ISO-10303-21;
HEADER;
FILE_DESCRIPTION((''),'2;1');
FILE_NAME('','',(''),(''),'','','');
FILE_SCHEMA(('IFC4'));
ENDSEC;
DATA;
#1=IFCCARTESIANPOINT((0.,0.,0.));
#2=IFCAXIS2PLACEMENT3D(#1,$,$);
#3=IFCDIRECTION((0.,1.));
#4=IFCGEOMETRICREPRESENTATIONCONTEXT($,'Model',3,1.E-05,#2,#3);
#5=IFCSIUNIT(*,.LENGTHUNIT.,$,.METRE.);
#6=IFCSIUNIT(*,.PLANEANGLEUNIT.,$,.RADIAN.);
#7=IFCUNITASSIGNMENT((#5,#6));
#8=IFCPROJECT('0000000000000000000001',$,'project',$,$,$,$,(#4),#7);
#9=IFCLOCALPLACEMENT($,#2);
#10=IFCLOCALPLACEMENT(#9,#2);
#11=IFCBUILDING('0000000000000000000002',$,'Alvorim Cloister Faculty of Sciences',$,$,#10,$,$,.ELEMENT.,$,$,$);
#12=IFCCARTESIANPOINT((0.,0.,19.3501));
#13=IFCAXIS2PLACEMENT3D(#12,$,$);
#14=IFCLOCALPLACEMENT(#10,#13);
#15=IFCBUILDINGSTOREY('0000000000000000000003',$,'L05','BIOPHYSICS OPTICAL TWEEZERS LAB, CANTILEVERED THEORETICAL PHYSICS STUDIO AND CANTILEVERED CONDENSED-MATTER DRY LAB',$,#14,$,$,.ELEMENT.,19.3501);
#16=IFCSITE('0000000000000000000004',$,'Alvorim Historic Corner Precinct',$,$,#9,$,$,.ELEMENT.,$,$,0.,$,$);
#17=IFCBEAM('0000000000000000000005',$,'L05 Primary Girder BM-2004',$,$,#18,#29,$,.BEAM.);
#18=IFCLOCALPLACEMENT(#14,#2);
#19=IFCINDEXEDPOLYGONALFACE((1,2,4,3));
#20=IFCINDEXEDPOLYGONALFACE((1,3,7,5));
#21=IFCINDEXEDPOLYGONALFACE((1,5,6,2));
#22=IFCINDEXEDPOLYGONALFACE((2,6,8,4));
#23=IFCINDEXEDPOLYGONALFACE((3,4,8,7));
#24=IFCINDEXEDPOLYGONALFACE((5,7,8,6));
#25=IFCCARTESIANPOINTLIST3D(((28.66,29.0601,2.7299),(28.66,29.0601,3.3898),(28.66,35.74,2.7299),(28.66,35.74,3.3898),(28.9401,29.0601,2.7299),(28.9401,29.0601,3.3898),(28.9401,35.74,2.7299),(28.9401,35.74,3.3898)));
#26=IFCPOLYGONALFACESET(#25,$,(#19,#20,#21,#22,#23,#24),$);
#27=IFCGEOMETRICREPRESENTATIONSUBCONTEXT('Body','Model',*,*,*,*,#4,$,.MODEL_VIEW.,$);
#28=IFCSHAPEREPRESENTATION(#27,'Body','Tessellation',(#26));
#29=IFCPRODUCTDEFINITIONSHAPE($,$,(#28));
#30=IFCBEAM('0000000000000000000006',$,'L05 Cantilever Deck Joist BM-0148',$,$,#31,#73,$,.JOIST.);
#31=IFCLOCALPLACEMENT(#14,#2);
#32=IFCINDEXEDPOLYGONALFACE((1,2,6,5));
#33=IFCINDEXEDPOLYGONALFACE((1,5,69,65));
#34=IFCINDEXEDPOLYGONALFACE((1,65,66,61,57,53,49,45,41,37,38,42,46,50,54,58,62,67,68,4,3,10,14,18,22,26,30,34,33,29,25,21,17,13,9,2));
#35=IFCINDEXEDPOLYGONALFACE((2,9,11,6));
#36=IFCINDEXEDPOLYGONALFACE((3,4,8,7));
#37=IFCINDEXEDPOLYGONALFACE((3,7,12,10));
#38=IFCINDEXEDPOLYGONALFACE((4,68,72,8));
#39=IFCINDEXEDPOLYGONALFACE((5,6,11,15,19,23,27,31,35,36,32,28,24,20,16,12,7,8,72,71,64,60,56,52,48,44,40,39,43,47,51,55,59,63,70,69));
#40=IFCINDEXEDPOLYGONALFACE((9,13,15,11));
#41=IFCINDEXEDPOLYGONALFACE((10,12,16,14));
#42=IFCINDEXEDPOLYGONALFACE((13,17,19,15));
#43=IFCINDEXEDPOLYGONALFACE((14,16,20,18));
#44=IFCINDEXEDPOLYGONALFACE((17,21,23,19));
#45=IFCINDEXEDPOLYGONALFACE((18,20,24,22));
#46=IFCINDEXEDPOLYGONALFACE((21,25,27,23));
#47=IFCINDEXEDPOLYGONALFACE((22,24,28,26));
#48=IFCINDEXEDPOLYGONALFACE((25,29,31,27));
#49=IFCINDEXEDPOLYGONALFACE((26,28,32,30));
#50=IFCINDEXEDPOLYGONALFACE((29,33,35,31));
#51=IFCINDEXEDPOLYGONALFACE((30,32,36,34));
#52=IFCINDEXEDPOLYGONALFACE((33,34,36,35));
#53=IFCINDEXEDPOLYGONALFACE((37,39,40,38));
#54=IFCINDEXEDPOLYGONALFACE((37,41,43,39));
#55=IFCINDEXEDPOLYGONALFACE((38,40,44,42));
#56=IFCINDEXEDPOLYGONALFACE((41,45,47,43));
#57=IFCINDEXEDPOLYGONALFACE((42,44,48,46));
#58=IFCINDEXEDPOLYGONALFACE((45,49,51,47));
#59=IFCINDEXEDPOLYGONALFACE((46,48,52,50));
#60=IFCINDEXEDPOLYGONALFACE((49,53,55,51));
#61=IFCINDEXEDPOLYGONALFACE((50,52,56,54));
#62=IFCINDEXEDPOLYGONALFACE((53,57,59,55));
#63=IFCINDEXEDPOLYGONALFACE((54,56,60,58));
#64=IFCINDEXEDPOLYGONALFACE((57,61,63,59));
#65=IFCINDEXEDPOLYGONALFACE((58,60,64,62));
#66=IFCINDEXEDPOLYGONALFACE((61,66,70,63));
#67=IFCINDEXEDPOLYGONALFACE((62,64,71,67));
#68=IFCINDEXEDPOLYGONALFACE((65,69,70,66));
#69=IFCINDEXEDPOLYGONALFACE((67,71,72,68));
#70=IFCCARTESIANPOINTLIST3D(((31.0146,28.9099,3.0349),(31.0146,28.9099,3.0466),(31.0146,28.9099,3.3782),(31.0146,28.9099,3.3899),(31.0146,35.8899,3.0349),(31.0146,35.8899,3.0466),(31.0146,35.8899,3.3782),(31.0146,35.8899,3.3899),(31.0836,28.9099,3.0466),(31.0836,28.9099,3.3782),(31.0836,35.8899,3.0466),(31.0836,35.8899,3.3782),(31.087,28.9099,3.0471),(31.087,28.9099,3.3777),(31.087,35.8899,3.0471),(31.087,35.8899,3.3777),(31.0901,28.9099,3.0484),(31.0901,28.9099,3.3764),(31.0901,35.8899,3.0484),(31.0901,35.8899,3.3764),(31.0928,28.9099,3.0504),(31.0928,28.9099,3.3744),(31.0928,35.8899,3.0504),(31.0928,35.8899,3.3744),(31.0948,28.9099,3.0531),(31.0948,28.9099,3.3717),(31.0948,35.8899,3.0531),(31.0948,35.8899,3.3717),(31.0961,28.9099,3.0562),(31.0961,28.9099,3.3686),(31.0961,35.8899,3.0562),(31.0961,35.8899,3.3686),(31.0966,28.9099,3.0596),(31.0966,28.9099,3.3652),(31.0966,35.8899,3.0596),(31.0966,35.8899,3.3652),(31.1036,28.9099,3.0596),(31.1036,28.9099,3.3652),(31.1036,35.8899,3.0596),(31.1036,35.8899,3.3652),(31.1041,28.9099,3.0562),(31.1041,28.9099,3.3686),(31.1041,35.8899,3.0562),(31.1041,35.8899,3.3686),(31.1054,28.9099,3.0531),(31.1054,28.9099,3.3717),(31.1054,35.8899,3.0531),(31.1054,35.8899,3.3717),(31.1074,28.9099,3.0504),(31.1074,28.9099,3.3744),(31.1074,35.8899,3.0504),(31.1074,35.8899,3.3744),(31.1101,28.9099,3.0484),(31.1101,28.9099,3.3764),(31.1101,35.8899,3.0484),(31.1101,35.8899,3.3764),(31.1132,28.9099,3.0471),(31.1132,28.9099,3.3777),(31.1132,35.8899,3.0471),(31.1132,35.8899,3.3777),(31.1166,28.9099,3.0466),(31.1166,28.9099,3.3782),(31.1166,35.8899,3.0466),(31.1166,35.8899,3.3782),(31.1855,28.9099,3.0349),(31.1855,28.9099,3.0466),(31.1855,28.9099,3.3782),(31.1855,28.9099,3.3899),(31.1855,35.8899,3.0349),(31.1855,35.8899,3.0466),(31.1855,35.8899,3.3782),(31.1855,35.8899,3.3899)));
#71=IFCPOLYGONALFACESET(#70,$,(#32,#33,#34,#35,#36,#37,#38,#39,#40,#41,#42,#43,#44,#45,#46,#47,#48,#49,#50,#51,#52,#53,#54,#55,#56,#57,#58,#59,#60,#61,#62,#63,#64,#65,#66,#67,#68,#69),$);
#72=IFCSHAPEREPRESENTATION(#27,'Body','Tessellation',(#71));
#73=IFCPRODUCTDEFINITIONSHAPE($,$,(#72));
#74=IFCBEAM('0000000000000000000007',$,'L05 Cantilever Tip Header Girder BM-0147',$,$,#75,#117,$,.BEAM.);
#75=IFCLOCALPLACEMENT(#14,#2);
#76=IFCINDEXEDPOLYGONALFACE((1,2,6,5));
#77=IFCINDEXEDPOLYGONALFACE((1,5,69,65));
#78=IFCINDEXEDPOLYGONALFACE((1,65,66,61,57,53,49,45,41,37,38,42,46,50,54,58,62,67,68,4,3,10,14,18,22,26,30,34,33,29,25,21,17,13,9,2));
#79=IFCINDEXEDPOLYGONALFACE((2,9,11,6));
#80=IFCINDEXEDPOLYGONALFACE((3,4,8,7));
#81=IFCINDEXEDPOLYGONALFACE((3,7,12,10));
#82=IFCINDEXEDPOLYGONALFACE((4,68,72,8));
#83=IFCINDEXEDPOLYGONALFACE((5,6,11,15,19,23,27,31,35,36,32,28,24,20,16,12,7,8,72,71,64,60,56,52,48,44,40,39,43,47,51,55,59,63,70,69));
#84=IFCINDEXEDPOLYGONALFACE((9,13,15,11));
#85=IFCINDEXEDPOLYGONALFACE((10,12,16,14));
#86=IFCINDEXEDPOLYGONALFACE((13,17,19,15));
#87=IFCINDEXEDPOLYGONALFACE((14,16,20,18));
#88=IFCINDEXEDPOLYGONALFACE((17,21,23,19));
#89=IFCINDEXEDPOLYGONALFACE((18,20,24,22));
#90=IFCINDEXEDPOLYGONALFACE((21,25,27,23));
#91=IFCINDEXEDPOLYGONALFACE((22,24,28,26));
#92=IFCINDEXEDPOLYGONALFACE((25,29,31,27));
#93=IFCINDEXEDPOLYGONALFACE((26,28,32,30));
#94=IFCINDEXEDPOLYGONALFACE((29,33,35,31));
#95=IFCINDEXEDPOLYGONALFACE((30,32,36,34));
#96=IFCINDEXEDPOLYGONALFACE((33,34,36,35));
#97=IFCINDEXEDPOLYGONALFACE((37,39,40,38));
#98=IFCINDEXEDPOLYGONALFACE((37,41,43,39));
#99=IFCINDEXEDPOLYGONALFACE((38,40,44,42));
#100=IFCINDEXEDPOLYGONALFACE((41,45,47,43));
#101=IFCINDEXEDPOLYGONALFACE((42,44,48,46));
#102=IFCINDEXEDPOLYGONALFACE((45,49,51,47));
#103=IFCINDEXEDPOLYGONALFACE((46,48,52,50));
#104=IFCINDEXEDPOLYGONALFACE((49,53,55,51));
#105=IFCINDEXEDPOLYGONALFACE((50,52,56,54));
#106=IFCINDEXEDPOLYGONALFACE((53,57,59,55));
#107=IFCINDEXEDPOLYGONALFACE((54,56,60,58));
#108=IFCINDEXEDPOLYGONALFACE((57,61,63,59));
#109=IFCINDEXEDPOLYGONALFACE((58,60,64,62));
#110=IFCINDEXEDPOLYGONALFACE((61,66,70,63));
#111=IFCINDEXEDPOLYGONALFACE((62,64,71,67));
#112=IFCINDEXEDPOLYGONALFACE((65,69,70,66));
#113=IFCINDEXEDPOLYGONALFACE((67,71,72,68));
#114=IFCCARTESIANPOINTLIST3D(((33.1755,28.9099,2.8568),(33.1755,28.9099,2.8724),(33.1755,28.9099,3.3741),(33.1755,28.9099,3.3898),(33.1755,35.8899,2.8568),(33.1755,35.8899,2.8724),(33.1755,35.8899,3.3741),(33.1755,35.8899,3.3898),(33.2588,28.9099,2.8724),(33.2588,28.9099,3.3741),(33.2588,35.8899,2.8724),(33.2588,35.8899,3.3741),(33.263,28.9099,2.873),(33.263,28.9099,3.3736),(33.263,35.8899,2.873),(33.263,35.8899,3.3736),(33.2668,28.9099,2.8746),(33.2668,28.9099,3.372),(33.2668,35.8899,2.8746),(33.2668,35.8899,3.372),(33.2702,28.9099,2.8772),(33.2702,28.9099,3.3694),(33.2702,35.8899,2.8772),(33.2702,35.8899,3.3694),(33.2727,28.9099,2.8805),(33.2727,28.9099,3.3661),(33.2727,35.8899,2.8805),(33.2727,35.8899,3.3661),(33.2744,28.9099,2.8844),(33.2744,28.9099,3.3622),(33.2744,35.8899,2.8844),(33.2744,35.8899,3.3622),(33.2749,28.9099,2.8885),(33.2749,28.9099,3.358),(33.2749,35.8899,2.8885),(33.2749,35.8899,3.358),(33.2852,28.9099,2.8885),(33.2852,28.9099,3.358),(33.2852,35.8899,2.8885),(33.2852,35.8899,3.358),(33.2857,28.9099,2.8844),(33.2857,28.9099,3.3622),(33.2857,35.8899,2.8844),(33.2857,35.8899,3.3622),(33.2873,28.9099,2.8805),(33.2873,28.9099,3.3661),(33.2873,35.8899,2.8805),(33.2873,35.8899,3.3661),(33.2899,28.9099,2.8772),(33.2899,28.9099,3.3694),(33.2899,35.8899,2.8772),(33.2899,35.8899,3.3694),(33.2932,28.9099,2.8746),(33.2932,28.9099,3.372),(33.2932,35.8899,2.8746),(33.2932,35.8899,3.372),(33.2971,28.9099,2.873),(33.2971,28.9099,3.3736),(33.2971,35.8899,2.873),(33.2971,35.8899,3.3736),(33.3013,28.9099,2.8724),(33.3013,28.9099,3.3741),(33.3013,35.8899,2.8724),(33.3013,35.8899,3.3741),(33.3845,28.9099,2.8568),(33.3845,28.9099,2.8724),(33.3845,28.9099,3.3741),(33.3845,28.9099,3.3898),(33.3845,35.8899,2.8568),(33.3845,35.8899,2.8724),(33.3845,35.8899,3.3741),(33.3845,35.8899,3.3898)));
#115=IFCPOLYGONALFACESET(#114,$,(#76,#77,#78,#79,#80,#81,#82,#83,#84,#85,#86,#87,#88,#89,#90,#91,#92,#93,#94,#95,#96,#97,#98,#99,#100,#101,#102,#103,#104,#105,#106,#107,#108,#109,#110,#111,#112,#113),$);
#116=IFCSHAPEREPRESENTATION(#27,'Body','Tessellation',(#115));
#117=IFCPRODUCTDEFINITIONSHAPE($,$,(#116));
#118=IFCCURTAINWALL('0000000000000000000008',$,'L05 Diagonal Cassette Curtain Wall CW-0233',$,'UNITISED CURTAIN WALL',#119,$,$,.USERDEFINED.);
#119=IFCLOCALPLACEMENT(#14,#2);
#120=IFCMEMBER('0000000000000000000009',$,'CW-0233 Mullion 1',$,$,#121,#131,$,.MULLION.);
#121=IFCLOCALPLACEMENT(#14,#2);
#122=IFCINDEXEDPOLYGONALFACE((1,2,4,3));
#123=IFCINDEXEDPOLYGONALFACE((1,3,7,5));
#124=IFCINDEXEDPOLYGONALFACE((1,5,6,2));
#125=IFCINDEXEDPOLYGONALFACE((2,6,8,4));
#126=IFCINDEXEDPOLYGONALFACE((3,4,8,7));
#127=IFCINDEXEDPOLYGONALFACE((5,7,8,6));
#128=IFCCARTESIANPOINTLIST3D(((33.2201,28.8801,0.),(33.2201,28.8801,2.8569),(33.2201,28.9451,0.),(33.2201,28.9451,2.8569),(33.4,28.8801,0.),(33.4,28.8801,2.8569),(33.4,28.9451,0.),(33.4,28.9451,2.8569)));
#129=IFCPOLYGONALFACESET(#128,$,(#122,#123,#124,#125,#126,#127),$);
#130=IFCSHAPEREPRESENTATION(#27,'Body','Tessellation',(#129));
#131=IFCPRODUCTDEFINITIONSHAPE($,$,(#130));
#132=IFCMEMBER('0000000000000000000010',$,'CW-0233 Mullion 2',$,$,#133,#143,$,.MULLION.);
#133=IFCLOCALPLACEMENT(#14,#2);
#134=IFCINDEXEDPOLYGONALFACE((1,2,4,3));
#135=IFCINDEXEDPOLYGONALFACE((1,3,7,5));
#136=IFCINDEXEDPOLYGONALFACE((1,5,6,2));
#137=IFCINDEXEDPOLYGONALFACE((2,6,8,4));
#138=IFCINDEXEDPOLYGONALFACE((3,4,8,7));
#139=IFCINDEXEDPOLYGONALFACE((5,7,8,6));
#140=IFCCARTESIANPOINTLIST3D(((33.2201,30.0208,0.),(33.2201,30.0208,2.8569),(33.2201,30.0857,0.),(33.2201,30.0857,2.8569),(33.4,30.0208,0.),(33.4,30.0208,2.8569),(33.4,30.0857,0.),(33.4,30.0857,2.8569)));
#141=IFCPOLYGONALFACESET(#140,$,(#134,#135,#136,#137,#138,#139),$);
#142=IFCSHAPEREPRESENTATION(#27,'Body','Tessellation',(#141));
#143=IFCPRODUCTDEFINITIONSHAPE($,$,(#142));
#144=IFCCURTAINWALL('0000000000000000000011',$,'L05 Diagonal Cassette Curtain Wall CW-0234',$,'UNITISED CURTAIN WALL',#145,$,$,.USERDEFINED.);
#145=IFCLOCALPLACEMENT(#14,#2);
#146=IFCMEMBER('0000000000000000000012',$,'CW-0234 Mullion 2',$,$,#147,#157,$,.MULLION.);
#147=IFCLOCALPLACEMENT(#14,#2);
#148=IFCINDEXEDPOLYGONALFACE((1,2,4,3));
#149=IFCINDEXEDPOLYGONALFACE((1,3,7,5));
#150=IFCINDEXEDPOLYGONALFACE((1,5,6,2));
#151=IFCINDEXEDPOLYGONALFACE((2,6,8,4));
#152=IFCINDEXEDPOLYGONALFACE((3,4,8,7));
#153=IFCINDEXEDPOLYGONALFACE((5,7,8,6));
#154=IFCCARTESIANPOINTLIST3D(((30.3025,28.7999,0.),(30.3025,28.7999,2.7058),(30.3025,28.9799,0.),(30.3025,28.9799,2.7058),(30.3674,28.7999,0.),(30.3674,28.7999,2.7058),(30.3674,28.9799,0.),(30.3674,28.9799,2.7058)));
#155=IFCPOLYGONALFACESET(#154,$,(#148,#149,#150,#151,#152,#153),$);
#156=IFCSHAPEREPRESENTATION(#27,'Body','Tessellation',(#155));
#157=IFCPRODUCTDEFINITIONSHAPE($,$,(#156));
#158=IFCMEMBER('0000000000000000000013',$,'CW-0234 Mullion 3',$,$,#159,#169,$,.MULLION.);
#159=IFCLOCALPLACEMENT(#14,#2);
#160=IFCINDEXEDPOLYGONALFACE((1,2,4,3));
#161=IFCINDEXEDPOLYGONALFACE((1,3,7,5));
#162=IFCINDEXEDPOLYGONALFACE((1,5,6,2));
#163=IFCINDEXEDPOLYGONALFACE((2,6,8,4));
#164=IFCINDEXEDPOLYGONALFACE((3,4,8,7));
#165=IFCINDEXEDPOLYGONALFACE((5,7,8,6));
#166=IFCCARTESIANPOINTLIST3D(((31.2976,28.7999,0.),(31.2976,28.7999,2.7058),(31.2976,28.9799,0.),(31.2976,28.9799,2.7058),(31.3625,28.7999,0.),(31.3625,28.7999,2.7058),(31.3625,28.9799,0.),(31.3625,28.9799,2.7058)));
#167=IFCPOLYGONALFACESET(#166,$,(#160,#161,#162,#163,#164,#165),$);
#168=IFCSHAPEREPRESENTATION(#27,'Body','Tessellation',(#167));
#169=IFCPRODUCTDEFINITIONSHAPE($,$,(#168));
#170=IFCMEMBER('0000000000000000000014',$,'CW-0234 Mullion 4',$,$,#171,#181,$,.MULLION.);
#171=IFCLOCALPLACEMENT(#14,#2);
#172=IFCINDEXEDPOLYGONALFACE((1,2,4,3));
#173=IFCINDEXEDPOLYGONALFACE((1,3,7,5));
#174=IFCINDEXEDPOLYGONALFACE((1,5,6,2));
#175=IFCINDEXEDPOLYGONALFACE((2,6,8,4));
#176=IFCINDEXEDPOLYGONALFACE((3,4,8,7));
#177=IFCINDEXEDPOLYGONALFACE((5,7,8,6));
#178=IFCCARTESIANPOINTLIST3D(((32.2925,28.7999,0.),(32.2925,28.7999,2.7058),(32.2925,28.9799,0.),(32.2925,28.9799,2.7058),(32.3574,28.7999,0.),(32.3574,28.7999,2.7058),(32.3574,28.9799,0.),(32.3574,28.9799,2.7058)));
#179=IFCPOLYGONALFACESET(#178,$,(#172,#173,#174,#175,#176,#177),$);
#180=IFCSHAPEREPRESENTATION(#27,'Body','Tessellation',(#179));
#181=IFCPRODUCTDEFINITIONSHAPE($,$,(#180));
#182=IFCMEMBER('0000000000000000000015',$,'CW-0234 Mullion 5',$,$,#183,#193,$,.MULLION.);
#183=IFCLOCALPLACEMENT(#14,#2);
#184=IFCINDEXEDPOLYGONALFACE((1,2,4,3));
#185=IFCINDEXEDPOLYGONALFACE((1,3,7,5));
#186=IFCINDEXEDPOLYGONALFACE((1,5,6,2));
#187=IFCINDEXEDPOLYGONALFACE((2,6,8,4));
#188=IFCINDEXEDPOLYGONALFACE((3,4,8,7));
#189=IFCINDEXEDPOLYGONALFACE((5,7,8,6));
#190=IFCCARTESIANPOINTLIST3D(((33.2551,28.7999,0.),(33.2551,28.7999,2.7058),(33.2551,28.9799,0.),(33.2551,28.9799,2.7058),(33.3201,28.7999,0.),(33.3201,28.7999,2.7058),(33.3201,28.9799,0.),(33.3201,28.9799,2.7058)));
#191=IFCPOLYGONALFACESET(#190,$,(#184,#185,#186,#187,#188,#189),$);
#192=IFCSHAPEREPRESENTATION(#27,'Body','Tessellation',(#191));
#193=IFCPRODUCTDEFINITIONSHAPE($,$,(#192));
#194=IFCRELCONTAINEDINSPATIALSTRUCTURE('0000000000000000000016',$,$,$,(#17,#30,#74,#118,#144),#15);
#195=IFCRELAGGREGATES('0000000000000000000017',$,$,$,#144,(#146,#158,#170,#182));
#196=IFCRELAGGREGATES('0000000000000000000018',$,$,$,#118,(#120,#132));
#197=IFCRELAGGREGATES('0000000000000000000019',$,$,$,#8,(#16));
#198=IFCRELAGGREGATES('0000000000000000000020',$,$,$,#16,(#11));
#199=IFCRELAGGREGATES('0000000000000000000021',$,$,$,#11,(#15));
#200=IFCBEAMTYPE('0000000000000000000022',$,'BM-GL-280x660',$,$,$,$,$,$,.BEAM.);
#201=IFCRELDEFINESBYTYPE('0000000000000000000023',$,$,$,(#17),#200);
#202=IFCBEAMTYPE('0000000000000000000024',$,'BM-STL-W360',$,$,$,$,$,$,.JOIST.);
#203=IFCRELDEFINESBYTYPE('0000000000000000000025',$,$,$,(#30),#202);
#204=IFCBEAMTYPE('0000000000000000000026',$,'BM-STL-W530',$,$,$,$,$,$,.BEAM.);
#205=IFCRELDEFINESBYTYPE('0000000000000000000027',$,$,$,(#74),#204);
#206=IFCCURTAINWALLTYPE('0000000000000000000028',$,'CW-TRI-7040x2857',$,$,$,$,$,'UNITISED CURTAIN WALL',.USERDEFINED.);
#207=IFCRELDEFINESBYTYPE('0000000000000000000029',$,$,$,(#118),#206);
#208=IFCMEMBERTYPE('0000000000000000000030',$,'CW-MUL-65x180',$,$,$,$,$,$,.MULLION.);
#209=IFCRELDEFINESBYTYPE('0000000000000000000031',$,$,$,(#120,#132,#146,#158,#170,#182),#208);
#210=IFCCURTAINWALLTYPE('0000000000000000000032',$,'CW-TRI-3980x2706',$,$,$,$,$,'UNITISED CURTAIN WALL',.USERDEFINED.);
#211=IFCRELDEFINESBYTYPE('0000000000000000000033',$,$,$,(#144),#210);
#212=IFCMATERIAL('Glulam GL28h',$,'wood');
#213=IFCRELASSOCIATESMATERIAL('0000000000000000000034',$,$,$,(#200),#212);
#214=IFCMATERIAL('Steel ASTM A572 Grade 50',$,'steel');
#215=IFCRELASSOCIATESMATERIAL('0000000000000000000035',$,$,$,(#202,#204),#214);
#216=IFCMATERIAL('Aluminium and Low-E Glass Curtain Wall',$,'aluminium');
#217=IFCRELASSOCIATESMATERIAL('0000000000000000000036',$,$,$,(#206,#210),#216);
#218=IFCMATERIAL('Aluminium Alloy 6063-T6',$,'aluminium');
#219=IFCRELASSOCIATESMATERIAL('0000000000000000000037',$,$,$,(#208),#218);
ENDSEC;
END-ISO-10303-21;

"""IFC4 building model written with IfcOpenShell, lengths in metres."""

from ifc_helpers import new_model, si_unit, direction, frame, origin, origin_2d, place, context, subcontext, project, spatial, rectangle, i_section, extrude, material, material_profile, profile_set, type_object, element, aggregate, save


model = new_model("IFC4")

# Units and contexts
model_context = context("Model", 3, precision=1e-05, world=origin(), true_north=direction((0.0, 1.0)))
body_context = subcontext(model_context, "Body", "Model", "MODEL_VIEW")
ifc_project = project(units=[si_unit("LENGTHUNIT", "METRE"), si_unit("PLANEANGLEUNIT", "RADIAN")], contexts=[model_context])

# Site, building, storey
site_placement = place(None, origin())
site = spatial("IfcSite", under=ifc_project, at=site_placement, Name="Alvorim Historic Corner Precinct", CompositionType="ELEMENT", RefElevation=0.0)
building_placement = place(site_placement, origin())
building = spatial("IfcBuilding", under=site, at=building_placement, Name="Alvorim Cloister Faculty of Sciences", CompositionType="ELEMENT")
storey_placement = place(building_placement, frame((0.0, 0.0, 19.3501)))
storey = spatial("IfcBuildingStorey", under=building, at=storey_placement, Name="L05", Description="BIOPHYSICS OPTICAL TWEEZERS LAB, CANTILEVERED THEORETICAL PHYSICS STUDIO AND CANTILEVERED CONDENSED-MATTER DRY LAB", CompositionType="ELEMENT", Elevation=19.3501)

# Beams
ifc_material_1 = material(Name="Glulam GL28h", Category="wood")
ifc_material_profile_1 = material_profile(ifc_material_1, rectangle(XDim=0.28, YDim=0.6599, at=origin_2d()), Name="GL28-BM-280x660")
ifc_profile_set_1 = profile_set([ifc_material_profile_1], Name="Glulam GL28h")
beam_type_1 = type_object("IfcBeamType", Name="BM-GL-280x660", PredefinedType="BEAM", material=ifc_profile_set_1)
beam_1_placement = place(storey_placement, frame((28.8, 29.0601, 3.0598), z_axis=(0.0, 1.0, 0.0), x_axis=(-1.0, 0.0, 0.0)))
element("IfcBeam", 1, at=beam_1_placement, inside=storey, type_object=beam_type_1, Name="L05 Primary Girder BM-2004", PredefinedType="BEAM", context=body_context, shape_type="SweptSolid", body=[
    extrude(rectangle(XDim=0.28, YDim=0.6599, at=origin_2d()), origin(), (0.0, 0.0, 1.0), 6.6799),
])
ifc_material_2 = material(Name="Steel ASTM A572 Grade 50", Category="steel")
ifc_material_profile_2 = material_profile(ifc_material_2, i_section(OverallWidth=0.1709, OverallDepth=0.355, WebThickness=0.0071, FlangeThickness=0.0117, FilletRadius=0.0129, at=origin_2d()), Name="W360x51.0")
ifc_profile_set_2 = profile_set([ifc_material_profile_2], Name="Steel ASTM A572 Grade 50")
beam_type_2 = type_object("IfcBeamType", Name="BM-STL-W360", PredefinedType="JOIST", material=ifc_profile_set_2)
beam_2_placement = place(storey_placement, frame((31.1001, 28.9099, 3.2124), z_axis=(0.0, 1.0, 0.0), x_axis=(-1.0, 0.0, 0.0)))
element("IfcBeam", 2, at=beam_2_placement, inside=storey, type_object=beam_type_2, Name="L05 Cantilever Deck Joist BM-0148", PredefinedType="JOIST", context=body_context, shape_type="SweptSolid", body=[
    extrude(i_section(OverallWidth=0.1709, OverallDepth=0.355, WebThickness=0.0071, FlangeThickness=0.0117, FilletRadius=0.0129, at=origin_2d()), origin(), (0.0, 0.0, 1.0), 6.98),
])
ifc_material_profile_3 = material_profile(ifc_material_2, i_section(OverallWidth=0.209, OverallDepth=0.533, WebThickness=0.0103, FlangeThickness=0.0156, FilletRadius=0.0161, at=origin_2d()), Name="W530x92.0")
ifc_profile_set_3 = profile_set([ifc_material_profile_3], Name="Steel ASTM A572 Grade 50")
beam_type_3 = type_object("IfcBeamType", Name="BM-STL-W530", PredefinedType="BEAM", material=ifc_profile_set_3)
beam_3_placement = place(storey_placement, frame((33.28, 28.9099, 3.1233), z_axis=(0.0, 1.0, 0.0), x_axis=(-1.0, 0.0, 0.0)))
element("IfcBeam", 3, at=beam_3_placement, inside=storey, type_object=beam_type_3, Name="L05 Cantilever Tip Header Girder BM-0147", PredefinedType="BEAM", context=body_context, shape_type="SweptSolid", body=[
    extrude(i_section(OverallWidth=0.209, OverallDepth=0.533, WebThickness=0.0103, FlangeThickness=0.0156, FilletRadius=0.0161, at=origin_2d()), origin(), (0.0, 0.0, 1.0), 6.98),
])

# Curtain walls, members
ifc_material_3 = material(Name="Aluminium and Low-E Glass Curtain Wall", Category="aluminium")
curtain_wall_type_1 = type_object("IfcCurtainWallType", Name="CW-TRI-7040x2857", ElementType="UNITISED CURTAIN WALL", PredefinedType="USERDEFINED", material=ifc_material_3)
curtain_wall_1_placement = place(storey_placement, origin())
curtain_wall_1 = element("IfcCurtainWall", 4, at=curtain_wall_1_placement, inside=storey, type_object=curtain_wall_type_1, Name="L05 Diagonal Cassette Curtain Wall CW-0233", ObjectType="UNITISED CURTAIN WALL", PredefinedType="USERDEFINED")
ifc_material_4 = material(Name="Aluminium Alloy 6063-T6", Category="aluminium")
ifc_material_profile_4 = material_profile(ifc_material_4, rectangle(XDim=0.0649, YDim=0.1799, at=origin_2d()), Name="ALU-MUL-65x180")
ifc_profile_set_4 = profile_set([ifc_material_profile_4], Name="Aluminium Alloy 6063-T6")
member_type_1 = type_object("IfcMemberType", Name="CW-MUL-65x180", PredefinedType="MULLION", material=ifc_profile_set_4)
member_1_placement = place(storey_placement, frame((33.3101, 28.9126, 0.0), z_axis=(0.0, 0.0, 1.0), x_axis=(0.0, 1.0, 0.0)))
member_1 = element("IfcMember", 5, at=member_1_placement, type_object=member_type_1, Name="CW-0233 Mullion 1", PredefinedType="MULLION", context=body_context, shape_type="SweptSolid", body=[
    extrude(rectangle(XDim=0.0649, YDim=0.1799, at=origin_2d()), origin(), (0.0, 0.0, 1.0), 2.8569),
])
member_2_placement = place(storey_placement, frame((33.3101, 30.0532, 0.0), z_axis=(0.0, 0.0, 1.0), x_axis=(0.0, 1.0, 0.0)))
member_2 = element("IfcMember", 6, at=member_2_placement, type_object=member_type_1, Name="CW-0233 Mullion 2", PredefinedType="MULLION", context=body_context, shape_type="SweptSolid", body=[
    extrude(rectangle(XDim=0.0649, YDim=0.1799, at=origin_2d()), origin(), (0.0, 0.0, 1.0), 2.8569),
])
curtain_wall_type_2 = type_object("IfcCurtainWallType", Name="CW-TRI-3980x2706", ElementType="UNITISED CURTAIN WALL", PredefinedType="USERDEFINED", material=ifc_material_3)
curtain_wall_2_placement = place(storey_placement, origin())
curtain_wall_2 = element("IfcCurtainWall", 7, at=curtain_wall_2_placement, inside=storey, type_object=curtain_wall_type_2, Name="L05 Diagonal Cassette Curtain Wall CW-0234", ObjectType="UNITISED CURTAIN WALL", PredefinedType="USERDEFINED")
member_3_placement = place(storey_placement, frame((30.335, 28.8899, 0.0), z_axis=(0.0, 0.0, 1.0), x_axis=(1.0, 0.0, 0.0)))
member_3 = element("IfcMember", 8, at=member_3_placement, type_object=member_type_1, Name="CW-0234 Mullion 2", PredefinedType="MULLION", context=body_context, shape_type="SweptSolid", body=[
    extrude(rectangle(XDim=0.0649, YDim=0.1799, at=origin_2d()), origin(), (0.0, 0.0, 1.0), 2.7058),
])
member_4_placement = place(storey_placement, frame((31.3301, 28.8899, 0.0), z_axis=(0.0, 0.0, 1.0), x_axis=(1.0, 0.0, 0.0)))
member_4 = element("IfcMember", 9, at=member_4_placement, type_object=member_type_1, Name="CW-0234 Mullion 3", PredefinedType="MULLION", context=body_context, shape_type="SweptSolid", body=[
    extrude(rectangle(XDim=0.0649, YDim=0.1799, at=origin_2d()), origin(), (0.0, 0.0, 1.0), 2.7058),
])
member_5_placement = place(storey_placement, frame((32.325, 28.8899, 0.0), z_axis=(0.0, 0.0, 1.0), x_axis=(1.0, 0.0, 0.0)))
member_5 = element("IfcMember", 10, at=member_5_placement, type_object=member_type_1, Name="CW-0234 Mullion 4", PredefinedType="MULLION", context=body_context, shape_type="SweptSolid", body=[
    extrude(rectangle(XDim=0.0649, YDim=0.1799, at=origin_2d()), origin(), (0.0, 0.0, 1.0), 2.7058),
])
member_6_placement = place(storey_placement, frame((33.2876, 28.8899, 0.0), z_axis=(0.0, 0.0, 1.0), x_axis=(1.0, 0.0, 0.0)))
member_6 = element("IfcMember", 11, at=member_6_placement, type_object=member_type_1, Name="CW-0234 Mullion 5", PredefinedType="MULLION", context=body_context, shape_type="SweptSolid", body=[
    extrude(rectangle(XDim=0.0649, YDim=0.1799, at=origin_2d()), origin(), (0.0, 0.0, 1.0), 2.7058),
])

aggregate(curtain_wall_2, [member_3, member_4, member_5, member_6])

aggregate(curtain_wall_1, [member_1, member_2])

save(model, "model.ifc")
